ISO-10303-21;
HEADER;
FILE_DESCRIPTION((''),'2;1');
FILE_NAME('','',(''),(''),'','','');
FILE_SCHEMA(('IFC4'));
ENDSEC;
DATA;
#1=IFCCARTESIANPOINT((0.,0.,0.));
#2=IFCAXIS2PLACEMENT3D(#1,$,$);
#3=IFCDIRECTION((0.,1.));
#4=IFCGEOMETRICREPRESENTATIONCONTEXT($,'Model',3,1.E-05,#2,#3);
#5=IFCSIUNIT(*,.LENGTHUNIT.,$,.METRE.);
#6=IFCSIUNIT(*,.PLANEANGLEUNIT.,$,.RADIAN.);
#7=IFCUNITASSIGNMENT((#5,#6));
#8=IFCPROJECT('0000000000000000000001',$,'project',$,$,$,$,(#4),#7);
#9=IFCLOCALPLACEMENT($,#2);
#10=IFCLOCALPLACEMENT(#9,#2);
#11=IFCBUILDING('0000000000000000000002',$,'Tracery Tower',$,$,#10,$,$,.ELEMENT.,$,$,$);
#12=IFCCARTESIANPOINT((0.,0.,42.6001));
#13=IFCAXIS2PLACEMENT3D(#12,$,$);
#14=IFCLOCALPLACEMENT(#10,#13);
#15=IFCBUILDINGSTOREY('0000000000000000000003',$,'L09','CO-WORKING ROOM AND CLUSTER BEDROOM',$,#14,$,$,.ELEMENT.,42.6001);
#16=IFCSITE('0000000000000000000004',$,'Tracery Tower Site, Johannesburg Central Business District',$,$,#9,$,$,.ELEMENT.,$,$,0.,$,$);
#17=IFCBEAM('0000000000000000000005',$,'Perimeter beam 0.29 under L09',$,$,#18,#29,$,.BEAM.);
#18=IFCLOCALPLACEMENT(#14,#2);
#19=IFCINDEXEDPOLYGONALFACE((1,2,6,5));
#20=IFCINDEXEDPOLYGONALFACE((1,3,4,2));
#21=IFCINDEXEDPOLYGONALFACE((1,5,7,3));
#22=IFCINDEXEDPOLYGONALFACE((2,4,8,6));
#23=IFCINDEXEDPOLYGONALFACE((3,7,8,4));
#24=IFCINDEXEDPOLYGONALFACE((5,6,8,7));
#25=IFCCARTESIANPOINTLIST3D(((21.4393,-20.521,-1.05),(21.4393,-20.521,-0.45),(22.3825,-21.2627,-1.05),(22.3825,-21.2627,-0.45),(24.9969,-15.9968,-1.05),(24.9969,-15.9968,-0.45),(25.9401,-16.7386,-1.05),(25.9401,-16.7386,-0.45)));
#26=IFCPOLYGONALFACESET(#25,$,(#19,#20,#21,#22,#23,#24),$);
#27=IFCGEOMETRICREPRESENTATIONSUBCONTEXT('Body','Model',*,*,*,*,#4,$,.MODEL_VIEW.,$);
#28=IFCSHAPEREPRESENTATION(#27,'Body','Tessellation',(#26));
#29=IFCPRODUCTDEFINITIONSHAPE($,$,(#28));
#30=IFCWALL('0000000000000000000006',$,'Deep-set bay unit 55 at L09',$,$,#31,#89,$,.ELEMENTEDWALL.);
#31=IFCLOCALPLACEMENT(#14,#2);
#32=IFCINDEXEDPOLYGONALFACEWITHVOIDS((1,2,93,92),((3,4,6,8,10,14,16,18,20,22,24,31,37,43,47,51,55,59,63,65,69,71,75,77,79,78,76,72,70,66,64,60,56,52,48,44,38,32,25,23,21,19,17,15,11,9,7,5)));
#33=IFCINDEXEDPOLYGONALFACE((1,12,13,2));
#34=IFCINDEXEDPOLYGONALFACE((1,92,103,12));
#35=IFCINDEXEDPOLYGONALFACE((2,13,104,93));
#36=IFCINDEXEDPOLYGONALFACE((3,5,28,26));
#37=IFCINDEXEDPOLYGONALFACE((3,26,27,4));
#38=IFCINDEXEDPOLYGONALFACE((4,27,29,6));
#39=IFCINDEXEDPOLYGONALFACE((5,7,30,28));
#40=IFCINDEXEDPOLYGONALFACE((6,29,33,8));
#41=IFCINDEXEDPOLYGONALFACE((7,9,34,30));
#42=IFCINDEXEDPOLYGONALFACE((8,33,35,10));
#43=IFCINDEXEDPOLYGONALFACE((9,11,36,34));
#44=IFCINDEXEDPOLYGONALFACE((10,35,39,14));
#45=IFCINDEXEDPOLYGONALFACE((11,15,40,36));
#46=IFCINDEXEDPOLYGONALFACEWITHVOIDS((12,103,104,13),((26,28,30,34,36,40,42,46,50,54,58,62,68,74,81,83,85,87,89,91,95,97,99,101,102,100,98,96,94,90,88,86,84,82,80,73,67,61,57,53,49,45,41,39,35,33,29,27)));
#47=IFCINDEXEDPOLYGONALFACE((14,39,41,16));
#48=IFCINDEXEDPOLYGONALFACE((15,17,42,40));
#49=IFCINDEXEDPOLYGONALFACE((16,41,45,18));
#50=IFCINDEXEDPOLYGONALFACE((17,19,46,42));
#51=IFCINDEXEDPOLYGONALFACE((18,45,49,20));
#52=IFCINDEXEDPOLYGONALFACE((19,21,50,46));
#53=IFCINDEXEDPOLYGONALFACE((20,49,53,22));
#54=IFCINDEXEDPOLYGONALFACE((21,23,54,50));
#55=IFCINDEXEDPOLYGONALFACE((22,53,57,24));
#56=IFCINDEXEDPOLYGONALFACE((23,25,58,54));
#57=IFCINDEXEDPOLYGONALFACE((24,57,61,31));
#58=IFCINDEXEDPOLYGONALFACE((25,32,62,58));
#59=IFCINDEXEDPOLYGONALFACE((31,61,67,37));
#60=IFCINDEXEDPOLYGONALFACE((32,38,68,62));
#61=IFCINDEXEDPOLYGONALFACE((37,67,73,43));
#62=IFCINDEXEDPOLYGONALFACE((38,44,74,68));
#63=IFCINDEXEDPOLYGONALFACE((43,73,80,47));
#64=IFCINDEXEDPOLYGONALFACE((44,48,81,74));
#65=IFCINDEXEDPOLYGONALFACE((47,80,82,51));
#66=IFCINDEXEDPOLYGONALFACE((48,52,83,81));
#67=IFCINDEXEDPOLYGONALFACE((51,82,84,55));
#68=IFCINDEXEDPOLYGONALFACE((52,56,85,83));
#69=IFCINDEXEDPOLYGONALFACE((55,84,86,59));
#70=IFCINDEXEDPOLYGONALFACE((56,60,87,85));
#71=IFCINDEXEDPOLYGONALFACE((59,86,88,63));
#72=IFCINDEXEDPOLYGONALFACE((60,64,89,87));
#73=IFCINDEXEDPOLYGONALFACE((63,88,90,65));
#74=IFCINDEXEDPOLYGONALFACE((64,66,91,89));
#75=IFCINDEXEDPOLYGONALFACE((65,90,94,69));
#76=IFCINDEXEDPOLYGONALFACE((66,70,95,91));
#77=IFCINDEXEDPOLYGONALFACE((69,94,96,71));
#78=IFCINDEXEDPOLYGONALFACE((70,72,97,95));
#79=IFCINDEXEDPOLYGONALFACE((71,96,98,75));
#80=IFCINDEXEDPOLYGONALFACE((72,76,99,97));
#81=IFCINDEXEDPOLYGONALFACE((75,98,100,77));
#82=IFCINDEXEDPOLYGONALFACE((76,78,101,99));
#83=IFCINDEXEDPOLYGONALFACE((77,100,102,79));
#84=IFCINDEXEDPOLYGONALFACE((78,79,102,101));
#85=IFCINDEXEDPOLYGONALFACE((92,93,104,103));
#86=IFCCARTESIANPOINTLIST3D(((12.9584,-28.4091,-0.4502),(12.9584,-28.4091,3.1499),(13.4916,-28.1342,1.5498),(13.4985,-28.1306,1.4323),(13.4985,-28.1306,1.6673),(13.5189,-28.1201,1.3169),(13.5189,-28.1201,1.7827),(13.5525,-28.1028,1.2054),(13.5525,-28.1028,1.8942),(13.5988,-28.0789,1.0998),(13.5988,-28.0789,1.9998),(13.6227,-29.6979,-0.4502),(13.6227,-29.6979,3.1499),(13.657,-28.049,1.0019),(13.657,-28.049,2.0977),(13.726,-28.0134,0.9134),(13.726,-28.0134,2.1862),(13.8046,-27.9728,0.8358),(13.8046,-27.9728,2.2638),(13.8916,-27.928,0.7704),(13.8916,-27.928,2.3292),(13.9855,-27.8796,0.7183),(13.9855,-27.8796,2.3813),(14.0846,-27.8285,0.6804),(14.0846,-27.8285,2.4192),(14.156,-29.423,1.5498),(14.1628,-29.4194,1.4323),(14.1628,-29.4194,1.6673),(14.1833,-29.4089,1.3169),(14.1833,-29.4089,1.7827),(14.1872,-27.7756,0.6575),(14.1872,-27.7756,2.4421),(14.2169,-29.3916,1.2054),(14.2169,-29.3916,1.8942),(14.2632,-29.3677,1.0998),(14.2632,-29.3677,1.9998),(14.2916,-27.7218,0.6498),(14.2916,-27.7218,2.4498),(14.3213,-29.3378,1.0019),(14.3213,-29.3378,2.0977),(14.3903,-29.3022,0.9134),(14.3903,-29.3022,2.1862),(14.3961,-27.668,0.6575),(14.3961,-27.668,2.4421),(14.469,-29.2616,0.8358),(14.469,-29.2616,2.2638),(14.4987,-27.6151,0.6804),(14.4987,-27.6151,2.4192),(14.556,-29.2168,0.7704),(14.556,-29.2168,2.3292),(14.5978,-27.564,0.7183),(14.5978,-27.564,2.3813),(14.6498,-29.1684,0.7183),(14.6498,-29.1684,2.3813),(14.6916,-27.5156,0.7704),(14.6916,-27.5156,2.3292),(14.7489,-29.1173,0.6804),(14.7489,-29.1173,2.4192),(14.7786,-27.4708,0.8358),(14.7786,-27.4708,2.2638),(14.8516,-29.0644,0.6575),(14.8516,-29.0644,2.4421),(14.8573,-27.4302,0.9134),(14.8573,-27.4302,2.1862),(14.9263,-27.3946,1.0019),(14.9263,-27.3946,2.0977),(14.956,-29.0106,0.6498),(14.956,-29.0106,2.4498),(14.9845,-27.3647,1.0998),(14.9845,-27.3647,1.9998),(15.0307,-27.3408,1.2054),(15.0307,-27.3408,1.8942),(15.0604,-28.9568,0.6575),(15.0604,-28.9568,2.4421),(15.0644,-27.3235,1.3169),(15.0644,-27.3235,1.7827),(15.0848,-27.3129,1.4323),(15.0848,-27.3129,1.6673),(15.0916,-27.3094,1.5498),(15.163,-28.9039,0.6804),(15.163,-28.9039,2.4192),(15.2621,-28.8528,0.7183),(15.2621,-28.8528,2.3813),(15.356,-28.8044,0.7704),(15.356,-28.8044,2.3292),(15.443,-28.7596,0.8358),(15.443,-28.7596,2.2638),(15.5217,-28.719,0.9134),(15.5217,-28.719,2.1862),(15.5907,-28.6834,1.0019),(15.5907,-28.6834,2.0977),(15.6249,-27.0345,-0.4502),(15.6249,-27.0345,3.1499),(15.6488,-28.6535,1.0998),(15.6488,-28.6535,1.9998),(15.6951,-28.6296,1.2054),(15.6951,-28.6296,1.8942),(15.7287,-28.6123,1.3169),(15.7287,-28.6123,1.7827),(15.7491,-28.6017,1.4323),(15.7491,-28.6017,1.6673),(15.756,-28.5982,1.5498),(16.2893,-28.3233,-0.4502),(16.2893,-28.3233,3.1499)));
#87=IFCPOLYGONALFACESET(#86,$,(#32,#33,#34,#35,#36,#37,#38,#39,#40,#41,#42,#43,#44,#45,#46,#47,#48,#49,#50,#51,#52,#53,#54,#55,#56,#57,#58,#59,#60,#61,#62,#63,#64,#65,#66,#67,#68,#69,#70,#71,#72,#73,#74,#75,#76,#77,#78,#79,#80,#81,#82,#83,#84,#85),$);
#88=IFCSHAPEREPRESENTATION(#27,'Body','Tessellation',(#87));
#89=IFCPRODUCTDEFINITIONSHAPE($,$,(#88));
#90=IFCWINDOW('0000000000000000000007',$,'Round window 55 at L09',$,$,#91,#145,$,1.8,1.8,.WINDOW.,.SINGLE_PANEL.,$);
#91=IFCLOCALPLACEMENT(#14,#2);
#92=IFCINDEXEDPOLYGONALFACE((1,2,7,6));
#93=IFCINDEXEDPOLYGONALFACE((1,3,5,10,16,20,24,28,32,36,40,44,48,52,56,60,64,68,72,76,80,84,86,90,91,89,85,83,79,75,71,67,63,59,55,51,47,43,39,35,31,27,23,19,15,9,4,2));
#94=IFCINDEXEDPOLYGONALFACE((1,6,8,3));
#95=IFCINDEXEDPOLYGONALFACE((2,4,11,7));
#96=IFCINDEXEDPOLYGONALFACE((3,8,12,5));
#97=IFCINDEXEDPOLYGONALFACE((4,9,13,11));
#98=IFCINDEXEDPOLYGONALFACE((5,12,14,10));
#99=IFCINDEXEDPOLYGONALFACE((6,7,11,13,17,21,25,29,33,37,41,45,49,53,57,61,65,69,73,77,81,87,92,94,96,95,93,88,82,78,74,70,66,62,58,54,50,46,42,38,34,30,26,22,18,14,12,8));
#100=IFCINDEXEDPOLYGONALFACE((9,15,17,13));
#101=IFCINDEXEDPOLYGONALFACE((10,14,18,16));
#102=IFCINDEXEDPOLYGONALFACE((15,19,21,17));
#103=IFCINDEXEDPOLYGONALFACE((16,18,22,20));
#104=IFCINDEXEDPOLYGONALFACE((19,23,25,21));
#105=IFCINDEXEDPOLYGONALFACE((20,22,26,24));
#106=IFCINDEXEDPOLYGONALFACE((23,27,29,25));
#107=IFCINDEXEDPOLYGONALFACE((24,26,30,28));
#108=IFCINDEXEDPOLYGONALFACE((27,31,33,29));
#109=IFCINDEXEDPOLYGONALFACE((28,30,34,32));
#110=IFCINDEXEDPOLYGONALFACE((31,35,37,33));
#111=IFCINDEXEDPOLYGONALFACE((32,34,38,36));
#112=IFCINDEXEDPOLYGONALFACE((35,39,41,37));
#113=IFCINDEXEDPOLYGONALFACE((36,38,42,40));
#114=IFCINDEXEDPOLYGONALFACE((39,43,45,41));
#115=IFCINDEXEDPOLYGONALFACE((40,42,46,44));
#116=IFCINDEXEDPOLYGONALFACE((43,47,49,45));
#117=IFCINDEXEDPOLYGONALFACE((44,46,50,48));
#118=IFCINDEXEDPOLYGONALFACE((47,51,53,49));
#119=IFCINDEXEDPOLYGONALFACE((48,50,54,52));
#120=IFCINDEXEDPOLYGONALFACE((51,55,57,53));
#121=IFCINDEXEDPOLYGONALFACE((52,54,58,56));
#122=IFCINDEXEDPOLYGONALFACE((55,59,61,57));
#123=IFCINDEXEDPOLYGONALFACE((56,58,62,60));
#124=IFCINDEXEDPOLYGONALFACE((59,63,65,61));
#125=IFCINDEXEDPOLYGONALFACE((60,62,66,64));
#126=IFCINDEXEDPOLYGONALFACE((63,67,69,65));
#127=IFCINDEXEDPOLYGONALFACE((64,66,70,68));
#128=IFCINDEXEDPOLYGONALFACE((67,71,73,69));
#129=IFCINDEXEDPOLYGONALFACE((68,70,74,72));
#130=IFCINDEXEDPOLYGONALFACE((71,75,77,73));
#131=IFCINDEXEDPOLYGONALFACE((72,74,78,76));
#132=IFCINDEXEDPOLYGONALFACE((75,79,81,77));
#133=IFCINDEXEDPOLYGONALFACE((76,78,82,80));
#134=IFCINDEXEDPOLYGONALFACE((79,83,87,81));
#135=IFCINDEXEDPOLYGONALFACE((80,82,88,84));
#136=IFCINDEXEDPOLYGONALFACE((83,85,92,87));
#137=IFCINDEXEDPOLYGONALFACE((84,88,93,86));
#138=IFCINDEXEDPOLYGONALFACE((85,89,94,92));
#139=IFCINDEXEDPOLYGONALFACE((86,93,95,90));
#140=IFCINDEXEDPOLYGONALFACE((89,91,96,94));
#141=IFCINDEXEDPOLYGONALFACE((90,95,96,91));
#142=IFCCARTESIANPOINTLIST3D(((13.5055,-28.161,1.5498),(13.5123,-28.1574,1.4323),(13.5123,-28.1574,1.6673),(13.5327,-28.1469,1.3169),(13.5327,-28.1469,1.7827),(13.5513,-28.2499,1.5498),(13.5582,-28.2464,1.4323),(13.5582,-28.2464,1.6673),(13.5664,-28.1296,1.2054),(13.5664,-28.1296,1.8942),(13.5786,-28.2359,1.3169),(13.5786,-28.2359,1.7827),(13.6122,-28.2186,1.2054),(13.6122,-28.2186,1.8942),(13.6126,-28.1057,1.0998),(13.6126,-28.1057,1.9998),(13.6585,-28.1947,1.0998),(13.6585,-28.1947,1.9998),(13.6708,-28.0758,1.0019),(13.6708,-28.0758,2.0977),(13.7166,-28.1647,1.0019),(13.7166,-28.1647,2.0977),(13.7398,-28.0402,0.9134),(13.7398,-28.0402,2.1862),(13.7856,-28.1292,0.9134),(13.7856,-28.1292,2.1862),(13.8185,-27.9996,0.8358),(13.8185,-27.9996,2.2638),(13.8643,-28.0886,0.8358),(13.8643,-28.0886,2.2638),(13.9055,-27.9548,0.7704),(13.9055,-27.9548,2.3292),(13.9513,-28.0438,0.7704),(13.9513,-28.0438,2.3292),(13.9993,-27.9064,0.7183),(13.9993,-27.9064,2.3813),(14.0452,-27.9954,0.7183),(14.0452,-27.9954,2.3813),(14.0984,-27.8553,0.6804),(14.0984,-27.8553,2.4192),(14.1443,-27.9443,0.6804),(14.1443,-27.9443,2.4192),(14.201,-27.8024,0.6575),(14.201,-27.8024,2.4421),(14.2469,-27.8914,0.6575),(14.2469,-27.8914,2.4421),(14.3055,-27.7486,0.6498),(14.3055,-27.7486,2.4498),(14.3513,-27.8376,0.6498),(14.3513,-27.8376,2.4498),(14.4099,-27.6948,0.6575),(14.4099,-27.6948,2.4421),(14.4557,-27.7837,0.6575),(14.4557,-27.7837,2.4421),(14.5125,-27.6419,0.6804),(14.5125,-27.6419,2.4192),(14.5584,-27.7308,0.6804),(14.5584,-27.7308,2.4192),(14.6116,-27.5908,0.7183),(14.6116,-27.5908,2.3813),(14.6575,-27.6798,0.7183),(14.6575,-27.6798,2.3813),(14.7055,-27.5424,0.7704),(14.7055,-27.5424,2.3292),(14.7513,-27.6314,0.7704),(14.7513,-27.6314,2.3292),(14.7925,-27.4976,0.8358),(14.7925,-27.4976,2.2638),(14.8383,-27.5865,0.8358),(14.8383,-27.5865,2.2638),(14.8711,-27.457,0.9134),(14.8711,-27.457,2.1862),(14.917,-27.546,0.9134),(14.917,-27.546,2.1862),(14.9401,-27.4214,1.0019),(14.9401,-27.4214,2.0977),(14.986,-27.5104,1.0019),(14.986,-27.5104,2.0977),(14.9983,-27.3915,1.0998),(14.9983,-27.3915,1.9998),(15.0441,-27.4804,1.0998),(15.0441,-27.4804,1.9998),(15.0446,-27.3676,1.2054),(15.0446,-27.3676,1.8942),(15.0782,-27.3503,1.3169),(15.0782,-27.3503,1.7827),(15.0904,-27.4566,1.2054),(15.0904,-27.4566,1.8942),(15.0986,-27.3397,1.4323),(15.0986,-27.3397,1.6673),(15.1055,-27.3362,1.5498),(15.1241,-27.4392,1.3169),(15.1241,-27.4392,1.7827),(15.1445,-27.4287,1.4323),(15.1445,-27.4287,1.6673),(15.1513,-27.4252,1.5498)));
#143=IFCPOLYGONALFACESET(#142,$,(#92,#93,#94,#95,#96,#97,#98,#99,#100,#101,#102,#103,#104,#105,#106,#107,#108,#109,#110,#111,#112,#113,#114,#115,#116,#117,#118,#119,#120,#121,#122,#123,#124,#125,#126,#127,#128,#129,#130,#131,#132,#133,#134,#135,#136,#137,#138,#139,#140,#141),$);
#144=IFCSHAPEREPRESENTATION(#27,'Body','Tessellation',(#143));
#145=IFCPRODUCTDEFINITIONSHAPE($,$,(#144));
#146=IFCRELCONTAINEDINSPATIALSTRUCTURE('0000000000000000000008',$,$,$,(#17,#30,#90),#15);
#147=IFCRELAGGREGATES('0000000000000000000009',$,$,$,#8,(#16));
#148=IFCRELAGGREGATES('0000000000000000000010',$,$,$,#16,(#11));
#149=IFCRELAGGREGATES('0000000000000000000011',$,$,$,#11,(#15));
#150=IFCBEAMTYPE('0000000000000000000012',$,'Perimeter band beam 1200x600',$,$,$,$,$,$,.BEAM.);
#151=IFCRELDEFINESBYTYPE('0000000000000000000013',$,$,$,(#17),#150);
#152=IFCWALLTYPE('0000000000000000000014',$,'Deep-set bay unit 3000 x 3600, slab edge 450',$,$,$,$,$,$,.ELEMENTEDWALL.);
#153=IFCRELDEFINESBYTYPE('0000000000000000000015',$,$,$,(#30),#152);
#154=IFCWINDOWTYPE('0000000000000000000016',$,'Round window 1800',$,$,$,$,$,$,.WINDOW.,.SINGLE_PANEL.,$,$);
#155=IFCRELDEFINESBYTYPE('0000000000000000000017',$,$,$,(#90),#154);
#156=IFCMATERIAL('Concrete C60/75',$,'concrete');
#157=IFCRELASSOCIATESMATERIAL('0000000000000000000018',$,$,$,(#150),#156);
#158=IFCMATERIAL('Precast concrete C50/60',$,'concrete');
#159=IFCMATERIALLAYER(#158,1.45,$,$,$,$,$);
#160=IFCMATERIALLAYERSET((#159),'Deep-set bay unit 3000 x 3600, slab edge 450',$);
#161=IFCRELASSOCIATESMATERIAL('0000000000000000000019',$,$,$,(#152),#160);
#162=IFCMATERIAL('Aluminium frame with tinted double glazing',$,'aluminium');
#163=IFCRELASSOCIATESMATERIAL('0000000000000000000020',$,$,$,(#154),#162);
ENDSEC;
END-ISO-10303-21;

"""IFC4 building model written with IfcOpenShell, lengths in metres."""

from ifc_helpers import new_model, si_unit, direction, frame, frame_2d, origin, origin_2d, place, context, subcontext, project, spatial, rectangle, circle, extrude, material, layer, layer_set, material_profile, profile_set, type_object, element, fill, save


model = new_model("IFC4")

# Units and contexts
model_context = context("Model", 3, precision=1e-05, world=origin(), true_north=direction((0.0, 1.0)))
body_context = subcontext(model_context, "Body", "Model", "MODEL_VIEW")
ifc_project = project(units=[si_unit("LENGTHUNIT", "METRE"), si_unit("PLANEANGLEUNIT", "RADIAN")], contexts=[model_context])

# Site, building, storey
site_placement = place(None, origin())
site = spatial("IfcSite", under=ifc_project, at=site_placement, Name="Tracery Tower Site, Johannesburg Central Business District", CompositionType="ELEMENT", RefElevation=0.0)
building_placement = place(site_placement, origin())
building = spatial("IfcBuilding", under=site, at=building_placement, Name="Tracery Tower", CompositionType="ELEMENT")
storey_placement = place(building_placement, frame((0.0, 0.0, 42.6001)))
storey = spatial("IfcBuildingStorey", under=building, at=storey_placement, Name="L09", Description="CO-WORKING ROOM AND CLUSTER BEDROOM", CompositionType="ELEMENT", Elevation=42.6001)

# Beam
ifc_material_1 = material(Name="Concrete C60/75", Category="concrete")
ifc_material_profile_1 = material_profile(ifc_material_1, rectangle(XDim=1.2, YDim=0.6001, at=origin_2d()), Name="RC 1200x600")
ifc_profile_set_1 = profile_set([ifc_material_profile_1], Name="Concrete C60/75")
beam_type = type_object("IfcBeamType", Name="Perimeter band beam 1200x600", PredefinedType="BEAM", material=ifc_profile_set_1)
beam_1_placement = place(storey_placement, frame((21.9109, -20.8918, -0.75), z_axis=(0.618134, 0.786072, 0.0), x_axis=(-0.786072, 0.618134, 0.0)))
element("IfcBeam", 1, at=beam_1_placement, inside=storey, type_object=beam_type, Name="Perimeter beam 0.29 under L09", PredefinedType="BEAM", context=body_context, shape_type="SweptSolid", body=[
    extrude(rectangle(XDim=1.2, YDim=0.6001, at=origin_2d()), origin(), (0.0, 0.0, 1.0), 5.7554),
])

# Wall, opening, window
ifc_material_2 = material(Name="Precast concrete C50/60", Category="concrete")
ifc_layer_1 = layer(ifc_material_2, 1.45)
ifc_layer_set_1 = layer_set([ifc_layer_1], Name="Deep-set bay unit 3000 x 3600, slab edge 450")
wall_type_1 = type_object("IfcWallType", Name="Deep-set bay unit 3000 x 3600, slab edge 450", PredefinedType="ELEMENTEDWALL", material=ifc_layer_set_1)
wall_1_placement = place(storey_placement, frame((13.2905, -29.0535, -0.4502), z_axis=(0.0, 0.0, 1.0), x_axis=(0.888858, 0.458183, 0.0)))
wall_1 = element("IfcWall", 2, at=wall_1_placement, inside=storey, type_object=wall_type_1, Name="Deep-set bay unit 55 at L09", PredefinedType="ELEMENTEDWALL", context=body_context, shape_type="SweptSolid", body=[
    extrude(rectangle(XDim=3.0, YDim=1.45, at=frame_2d((1.5, 0.0))), origin(), (0.0, 0.0, 1.0), 3.6001),
])
opening_1_placement = place(wall_1_placement, frame((1.5, 0.0, 2.0)))
opening_1 = element("IfcOpeningElement", 3, at=opening_1_placement, cuts=wall_1, PredefinedType="OPENING", context=body_context, shape_type="SweptSolid", body=[
    extrude(circle(Radius=0.9, at=origin_2d()), frame((0.0, 0.7349, 0.0), z_axis=(0.0, -1.0, 0.0), x_axis=(1.0, 0.0, 0.0)), (0.0, 0.0, 1.0), 1.47),
])
ifc_material_3 = material(Name="Aluminium frame with tinted double glazing", Category="aluminium")
window_type = type_object("IfcWindowType", Name="Round window 1800", PartitioningType="SINGLE_PANEL", PredefinedType="WINDOW", material=ifc_material_3)
window_1_placement = place(opening_1_placement, origin())
window_1 = element("IfcWindow", 4, at=window_1_placement, inside=storey, type_object=window_type, Name="Round window 55 at L09", OverallHeight=1.8, OverallWidth=1.8, PartitioningType="SINGLE_PANEL", PredefinedType="WINDOW", context=body_context, shape_type="SweptSolid", body=[
    extrude(circle(Radius=0.9, at=origin_2d()), frame((0.0, 0.6948, 0.0), z_axis=(0.0, -1.0, 0.0), x_axis=(1.0, 0.0, 0.0)), (0.0, 0.0, 1.0), 0.1001),
])
fill(opening_1, window_1)

save(model, "model.ifc")
